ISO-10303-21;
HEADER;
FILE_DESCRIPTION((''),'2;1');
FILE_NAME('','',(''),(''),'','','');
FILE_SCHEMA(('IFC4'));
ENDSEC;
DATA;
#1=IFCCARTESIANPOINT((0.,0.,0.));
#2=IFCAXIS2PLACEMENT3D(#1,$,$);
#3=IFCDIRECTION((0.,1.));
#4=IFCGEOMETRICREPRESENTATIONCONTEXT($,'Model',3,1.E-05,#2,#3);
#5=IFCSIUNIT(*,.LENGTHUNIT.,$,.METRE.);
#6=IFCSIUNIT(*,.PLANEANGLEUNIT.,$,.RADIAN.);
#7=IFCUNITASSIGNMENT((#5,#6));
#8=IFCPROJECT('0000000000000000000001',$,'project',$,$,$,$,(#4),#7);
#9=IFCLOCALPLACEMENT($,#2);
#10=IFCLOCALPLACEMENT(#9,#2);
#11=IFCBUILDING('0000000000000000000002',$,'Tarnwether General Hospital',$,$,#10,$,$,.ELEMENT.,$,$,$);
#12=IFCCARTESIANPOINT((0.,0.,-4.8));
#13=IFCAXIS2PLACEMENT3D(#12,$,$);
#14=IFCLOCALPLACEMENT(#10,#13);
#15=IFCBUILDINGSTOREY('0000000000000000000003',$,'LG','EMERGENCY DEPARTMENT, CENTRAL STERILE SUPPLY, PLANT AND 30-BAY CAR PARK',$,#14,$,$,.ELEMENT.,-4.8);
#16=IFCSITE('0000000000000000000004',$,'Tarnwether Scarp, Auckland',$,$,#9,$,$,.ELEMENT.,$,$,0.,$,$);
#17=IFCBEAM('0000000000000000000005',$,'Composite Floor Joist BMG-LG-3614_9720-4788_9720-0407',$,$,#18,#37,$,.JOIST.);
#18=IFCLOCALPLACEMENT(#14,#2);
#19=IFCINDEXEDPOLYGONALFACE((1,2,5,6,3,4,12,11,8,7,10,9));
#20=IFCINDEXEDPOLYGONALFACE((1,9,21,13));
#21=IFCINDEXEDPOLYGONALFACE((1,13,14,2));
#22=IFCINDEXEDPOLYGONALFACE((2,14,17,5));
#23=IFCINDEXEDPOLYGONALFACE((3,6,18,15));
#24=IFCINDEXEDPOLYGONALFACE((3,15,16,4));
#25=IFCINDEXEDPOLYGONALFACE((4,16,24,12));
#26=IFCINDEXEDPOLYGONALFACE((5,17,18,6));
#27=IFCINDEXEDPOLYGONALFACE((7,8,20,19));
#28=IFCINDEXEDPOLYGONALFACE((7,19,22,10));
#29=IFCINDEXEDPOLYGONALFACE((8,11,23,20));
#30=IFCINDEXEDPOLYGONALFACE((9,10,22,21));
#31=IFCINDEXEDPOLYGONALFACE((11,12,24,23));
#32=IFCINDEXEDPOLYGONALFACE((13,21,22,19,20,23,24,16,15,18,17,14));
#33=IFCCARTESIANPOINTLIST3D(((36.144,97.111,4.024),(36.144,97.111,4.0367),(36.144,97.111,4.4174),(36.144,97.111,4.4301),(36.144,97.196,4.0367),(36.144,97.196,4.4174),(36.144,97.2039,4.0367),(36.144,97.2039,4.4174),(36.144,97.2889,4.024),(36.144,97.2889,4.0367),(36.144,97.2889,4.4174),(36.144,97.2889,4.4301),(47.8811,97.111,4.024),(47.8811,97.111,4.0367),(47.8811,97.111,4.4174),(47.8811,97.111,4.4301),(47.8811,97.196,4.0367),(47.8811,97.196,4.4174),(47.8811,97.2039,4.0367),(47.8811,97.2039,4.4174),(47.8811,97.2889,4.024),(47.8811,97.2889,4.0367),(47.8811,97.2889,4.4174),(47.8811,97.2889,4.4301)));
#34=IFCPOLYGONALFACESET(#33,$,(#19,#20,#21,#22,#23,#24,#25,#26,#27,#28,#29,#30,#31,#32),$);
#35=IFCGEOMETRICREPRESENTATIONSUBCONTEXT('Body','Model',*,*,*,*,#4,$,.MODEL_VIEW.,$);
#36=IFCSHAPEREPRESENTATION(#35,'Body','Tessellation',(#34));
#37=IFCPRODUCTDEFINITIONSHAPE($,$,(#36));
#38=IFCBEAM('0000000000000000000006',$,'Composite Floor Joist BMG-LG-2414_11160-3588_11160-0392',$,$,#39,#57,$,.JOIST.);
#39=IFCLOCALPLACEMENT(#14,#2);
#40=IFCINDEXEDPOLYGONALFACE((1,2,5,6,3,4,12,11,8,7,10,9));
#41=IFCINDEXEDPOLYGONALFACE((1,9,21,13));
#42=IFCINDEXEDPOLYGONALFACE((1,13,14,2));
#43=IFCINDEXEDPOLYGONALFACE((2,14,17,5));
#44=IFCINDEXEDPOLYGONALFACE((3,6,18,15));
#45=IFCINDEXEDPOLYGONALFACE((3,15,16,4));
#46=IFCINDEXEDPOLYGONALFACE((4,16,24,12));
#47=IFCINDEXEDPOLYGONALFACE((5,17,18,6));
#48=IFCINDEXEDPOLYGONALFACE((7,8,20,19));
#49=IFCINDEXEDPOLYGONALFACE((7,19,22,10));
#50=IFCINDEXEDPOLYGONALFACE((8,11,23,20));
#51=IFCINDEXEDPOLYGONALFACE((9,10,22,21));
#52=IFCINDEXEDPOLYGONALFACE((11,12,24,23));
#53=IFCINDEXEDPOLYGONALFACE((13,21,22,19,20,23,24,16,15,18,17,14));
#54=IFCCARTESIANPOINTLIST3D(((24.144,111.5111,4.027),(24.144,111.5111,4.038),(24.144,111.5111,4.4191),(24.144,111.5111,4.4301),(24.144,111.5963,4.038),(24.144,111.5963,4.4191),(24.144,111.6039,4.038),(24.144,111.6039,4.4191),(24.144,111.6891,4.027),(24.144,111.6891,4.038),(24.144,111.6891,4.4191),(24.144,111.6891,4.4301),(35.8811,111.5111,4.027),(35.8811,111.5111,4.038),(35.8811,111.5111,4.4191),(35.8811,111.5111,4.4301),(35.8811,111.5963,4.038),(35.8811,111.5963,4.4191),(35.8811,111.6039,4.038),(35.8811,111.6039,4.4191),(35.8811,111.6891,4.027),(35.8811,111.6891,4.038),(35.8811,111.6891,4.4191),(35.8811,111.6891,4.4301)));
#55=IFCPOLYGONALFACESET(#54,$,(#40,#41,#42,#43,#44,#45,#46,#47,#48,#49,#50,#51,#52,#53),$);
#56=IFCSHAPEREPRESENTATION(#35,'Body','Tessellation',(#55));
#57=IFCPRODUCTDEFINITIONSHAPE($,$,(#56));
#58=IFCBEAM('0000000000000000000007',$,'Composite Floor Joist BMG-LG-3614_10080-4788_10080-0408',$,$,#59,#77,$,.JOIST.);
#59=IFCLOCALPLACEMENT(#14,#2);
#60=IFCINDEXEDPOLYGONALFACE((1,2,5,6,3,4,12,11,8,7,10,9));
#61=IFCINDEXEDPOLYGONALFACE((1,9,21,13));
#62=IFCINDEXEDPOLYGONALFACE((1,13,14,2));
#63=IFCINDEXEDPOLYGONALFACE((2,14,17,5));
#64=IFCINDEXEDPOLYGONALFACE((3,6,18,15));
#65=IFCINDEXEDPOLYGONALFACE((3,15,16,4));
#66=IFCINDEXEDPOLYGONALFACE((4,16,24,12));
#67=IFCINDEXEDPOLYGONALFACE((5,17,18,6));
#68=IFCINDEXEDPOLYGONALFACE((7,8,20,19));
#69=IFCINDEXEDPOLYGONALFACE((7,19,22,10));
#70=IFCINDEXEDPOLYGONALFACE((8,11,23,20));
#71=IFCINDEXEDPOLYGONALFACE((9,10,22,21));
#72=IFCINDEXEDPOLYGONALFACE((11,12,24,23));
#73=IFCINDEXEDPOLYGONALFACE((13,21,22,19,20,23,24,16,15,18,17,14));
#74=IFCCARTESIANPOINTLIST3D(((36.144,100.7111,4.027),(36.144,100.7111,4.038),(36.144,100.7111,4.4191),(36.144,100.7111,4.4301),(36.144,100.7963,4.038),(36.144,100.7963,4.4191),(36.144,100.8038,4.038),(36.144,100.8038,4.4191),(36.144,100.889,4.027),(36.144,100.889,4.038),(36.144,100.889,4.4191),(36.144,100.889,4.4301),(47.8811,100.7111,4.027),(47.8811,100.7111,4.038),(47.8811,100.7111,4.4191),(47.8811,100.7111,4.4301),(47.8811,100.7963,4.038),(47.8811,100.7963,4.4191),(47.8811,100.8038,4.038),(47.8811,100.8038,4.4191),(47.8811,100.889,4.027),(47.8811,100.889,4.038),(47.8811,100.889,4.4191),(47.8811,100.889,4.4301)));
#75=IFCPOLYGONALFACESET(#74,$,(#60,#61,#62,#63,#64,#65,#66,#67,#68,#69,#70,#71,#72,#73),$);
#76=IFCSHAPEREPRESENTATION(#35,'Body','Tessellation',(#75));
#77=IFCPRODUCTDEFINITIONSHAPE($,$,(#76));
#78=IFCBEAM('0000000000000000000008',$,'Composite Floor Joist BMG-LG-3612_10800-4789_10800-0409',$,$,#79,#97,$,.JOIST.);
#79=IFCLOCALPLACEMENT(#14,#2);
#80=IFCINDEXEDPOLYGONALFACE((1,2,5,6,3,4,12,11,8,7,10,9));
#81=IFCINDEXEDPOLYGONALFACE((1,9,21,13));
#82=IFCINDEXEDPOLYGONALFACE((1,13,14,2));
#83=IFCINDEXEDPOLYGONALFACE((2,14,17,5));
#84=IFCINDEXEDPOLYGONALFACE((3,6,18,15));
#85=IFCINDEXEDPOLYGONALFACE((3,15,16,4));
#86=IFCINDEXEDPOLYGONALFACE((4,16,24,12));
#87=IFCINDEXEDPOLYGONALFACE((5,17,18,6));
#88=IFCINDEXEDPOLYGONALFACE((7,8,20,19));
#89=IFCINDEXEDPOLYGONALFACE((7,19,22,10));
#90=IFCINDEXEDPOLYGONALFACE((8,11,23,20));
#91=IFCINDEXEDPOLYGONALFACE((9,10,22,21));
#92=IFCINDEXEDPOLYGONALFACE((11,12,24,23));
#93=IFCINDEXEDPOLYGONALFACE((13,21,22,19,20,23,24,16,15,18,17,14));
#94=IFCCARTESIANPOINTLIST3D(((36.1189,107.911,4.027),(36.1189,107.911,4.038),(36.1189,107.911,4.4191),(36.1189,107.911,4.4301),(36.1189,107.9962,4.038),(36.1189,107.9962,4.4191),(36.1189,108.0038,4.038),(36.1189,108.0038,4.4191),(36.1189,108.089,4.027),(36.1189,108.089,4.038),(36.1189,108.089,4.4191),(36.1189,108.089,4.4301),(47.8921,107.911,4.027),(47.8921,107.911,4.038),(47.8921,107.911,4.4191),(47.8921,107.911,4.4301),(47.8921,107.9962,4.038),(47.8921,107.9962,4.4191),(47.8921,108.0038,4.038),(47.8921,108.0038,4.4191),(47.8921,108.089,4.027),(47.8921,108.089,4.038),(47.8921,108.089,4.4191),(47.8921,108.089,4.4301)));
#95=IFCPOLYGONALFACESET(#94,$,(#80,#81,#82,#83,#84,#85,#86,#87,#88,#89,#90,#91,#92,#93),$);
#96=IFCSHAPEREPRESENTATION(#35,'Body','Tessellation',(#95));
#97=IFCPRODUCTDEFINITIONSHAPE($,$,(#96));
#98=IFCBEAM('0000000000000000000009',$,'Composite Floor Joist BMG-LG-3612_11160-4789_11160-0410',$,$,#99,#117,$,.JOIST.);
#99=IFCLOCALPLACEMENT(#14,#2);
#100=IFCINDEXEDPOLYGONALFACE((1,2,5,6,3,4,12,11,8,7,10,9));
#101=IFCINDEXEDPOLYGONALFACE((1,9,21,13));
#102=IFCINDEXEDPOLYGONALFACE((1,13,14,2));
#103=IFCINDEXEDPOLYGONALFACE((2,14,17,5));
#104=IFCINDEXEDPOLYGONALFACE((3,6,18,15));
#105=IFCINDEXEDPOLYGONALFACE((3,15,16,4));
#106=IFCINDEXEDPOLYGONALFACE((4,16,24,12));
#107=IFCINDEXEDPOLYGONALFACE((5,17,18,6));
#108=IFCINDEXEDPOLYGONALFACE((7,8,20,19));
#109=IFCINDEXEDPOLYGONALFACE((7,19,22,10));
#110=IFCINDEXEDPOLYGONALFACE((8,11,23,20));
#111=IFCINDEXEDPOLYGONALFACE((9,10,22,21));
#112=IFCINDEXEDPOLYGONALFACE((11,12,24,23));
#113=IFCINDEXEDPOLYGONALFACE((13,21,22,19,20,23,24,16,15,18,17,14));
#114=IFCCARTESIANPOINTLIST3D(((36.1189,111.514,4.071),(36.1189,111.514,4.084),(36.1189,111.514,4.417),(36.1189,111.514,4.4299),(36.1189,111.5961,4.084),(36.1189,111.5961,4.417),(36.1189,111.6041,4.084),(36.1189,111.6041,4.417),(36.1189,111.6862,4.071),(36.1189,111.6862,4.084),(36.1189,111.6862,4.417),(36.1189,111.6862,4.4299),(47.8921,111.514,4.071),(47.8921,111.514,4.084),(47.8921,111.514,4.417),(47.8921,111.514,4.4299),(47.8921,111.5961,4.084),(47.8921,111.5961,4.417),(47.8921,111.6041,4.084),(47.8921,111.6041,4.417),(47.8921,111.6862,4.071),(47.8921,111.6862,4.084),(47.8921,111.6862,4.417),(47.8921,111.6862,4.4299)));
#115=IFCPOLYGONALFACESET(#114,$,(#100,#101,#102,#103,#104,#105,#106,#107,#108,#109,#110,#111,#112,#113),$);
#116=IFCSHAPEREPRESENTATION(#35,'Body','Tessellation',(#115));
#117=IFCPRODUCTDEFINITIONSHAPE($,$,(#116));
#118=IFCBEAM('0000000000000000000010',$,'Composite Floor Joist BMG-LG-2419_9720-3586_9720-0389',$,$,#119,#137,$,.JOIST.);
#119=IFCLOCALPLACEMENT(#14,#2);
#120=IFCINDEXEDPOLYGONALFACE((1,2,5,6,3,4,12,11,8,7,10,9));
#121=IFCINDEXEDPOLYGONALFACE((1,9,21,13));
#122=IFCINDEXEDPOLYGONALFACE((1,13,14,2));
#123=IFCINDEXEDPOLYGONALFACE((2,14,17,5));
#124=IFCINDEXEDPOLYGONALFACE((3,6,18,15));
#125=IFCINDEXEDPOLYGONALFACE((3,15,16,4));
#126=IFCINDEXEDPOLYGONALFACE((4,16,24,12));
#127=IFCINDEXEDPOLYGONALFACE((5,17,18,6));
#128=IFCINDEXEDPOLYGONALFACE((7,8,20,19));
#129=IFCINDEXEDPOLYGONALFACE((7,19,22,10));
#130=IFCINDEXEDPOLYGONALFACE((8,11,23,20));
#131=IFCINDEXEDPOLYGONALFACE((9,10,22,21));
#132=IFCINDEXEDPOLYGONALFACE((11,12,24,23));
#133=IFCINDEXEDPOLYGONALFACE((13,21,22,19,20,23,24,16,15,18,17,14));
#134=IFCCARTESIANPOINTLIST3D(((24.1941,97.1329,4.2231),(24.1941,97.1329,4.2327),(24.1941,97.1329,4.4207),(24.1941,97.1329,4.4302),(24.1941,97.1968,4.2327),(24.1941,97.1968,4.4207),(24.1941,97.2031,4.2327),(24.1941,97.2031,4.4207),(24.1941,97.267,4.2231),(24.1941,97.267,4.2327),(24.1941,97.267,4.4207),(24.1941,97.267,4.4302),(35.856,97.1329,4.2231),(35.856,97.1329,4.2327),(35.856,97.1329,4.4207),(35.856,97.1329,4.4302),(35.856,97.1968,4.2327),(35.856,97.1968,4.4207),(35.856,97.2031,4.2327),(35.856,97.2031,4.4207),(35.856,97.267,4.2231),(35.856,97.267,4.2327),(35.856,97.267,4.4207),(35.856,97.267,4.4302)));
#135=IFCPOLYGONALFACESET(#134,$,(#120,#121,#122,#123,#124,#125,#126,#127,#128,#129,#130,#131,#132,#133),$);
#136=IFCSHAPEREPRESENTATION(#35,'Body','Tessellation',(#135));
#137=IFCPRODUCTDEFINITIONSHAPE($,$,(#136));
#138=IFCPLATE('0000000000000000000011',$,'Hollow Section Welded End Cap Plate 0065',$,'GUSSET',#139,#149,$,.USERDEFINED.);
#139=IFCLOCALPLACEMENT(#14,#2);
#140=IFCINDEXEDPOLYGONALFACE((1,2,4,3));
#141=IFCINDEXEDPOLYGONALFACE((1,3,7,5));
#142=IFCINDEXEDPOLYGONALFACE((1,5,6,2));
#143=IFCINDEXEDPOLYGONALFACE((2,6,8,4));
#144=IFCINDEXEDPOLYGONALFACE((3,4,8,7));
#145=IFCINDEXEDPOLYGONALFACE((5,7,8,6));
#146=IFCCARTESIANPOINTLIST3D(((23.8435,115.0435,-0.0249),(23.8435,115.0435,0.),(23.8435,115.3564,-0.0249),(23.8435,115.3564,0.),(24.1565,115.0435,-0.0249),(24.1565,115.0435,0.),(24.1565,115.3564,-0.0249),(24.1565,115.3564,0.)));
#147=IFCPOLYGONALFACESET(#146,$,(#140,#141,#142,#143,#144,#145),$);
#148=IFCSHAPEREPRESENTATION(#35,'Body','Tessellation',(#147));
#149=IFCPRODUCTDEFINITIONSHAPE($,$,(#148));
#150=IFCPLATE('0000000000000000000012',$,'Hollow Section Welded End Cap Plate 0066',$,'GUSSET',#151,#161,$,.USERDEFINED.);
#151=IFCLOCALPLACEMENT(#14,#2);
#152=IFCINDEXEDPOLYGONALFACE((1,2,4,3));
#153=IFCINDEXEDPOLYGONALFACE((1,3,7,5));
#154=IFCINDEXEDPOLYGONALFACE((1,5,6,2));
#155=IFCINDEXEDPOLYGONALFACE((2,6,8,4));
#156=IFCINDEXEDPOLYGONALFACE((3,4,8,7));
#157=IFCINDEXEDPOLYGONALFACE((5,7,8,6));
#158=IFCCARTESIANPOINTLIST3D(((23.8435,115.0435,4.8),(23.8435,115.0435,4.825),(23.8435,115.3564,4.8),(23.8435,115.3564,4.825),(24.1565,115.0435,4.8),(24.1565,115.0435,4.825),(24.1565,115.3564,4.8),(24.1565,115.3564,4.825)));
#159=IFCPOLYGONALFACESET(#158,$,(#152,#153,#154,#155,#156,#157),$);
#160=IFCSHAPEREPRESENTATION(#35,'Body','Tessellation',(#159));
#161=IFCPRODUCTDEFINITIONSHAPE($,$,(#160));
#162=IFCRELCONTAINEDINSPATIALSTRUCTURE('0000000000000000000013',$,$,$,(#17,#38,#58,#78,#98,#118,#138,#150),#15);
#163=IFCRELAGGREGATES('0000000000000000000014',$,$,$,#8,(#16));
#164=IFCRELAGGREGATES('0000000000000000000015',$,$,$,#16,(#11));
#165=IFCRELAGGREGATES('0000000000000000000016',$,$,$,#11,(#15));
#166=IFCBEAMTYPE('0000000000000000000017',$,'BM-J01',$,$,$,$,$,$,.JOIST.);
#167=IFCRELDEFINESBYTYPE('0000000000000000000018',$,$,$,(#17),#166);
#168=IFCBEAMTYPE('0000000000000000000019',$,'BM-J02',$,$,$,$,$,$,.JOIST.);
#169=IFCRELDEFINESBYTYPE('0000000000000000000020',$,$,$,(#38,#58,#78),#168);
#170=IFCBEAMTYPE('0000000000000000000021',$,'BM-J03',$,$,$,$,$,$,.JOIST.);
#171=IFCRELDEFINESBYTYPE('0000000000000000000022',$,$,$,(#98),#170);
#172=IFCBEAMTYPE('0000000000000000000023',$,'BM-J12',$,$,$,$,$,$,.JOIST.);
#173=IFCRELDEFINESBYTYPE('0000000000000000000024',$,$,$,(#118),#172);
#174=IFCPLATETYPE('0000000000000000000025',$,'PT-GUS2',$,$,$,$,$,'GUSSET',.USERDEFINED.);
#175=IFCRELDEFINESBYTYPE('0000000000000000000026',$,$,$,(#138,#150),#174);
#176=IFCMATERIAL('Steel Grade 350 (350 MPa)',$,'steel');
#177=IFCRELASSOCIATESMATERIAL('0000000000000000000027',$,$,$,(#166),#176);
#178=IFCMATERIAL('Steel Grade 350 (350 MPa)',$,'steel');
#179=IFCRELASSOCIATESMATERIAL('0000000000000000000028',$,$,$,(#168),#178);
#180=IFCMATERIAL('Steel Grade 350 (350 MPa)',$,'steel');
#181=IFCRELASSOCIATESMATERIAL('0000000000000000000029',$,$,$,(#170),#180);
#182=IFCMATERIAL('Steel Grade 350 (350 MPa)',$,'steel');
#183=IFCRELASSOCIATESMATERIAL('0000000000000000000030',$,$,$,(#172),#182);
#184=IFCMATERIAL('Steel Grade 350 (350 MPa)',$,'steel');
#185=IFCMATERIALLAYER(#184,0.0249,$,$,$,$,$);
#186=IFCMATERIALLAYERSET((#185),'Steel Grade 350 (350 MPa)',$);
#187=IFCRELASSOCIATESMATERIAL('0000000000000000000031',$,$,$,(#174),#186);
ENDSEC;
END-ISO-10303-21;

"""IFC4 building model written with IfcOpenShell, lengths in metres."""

from ifc_helpers import new_model, si_unit, direction, frame, origin, origin_2d, place, context, subcontext, project, spatial, rectangle, i_section, extrude, material, layer, layer_set, material_profile, profile_set, type_object, element, save


model = new_model("IFC4")

# Units and contexts
model_context = context("Model", 3, precision=1e-05, world=origin(), true_north=direction((0.0, 1.0)))
body_context = subcontext(model_context, "Body", "Model", "MODEL_VIEW")
ifc_project = project(units=[si_unit("LENGTHUNIT", "METRE"), si_unit("PLANEANGLEUNIT", "RADIAN")], contexts=[model_context])

# Site, building, storey
site_placement = place(None, origin())
site = spatial("IfcSite", under=ifc_project, at=site_placement, Name="Tarnwether Scarp, Auckland", CompositionType="ELEMENT", RefElevation=0.0)
building_placement = place(site_placement, origin())
building = spatial("IfcBuilding", under=site, at=building_placement, Name="Tarnwether General Hospital", CompositionType="ELEMENT")
storey_placement = place(building_placement, frame((0.0, 0.0, -4.8)))
storey = spatial("IfcBuildingStorey", under=building, at=storey_placement, Name="LG", Description="EMERGENCY DEPARTMENT, CENTRAL STERILE SUPPLY, PLANT AND 30-BAY CAR PARK", CompositionType="ELEMENT", Elevation=-4.8)

# Beams
ifc_material_1 = material(Name="Steel Grade 350 (350 MPa)", Category="steel")
ifc_material_profile_1 = material_profile(ifc_material_1, i_section(OverallWidth=0.178, OverallDepth=0.406, WebThickness=0.0078, FlangeThickness=0.0127, at=origin_2d()), Name="410UB59.7")
ifc_profile_set_1 = profile_set([ifc_material_profile_1], Name="Steel Grade 350 (350 MPa)")
beam_type_1 = type_object("IfcBeamType", Name="BM-J01", PredefinedType="JOIST", material=ifc_profile_set_1)
for number, where, z_axis, x_axis, name in (
    (1, (36.144, 97.2, 4.2271), (1.0, 0.0, 0.0), (0.0, 1.0, 0.0), "Composite Floor Joist BMG-LG-3614_9720-4788_9720-0407"),
):
    element("IfcBeam", number, at=place(storey_placement, frame(where, z_axis=z_axis, x_axis=x_axis)), inside=storey, type_object=beam_type_1, Name=name, PredefinedType="JOIST", context=body_context, shape_type="SweptSolid", body=[
        extrude(i_section(OverallWidth=0.178, OverallDepth=0.406, WebThickness=0.0078, FlangeThickness=0.0127, at=origin_2d()), origin(), (0.0, 0.0, 1.0), 11.7371),
    ])
ifc_material_2 = material(Name="Steel Grade 350 (350 MPa)", Category="steel")
ifc_material_profile_2 = material_profile(ifc_material_2, i_section(OverallWidth=0.178, OverallDepth=0.4031, WebThickness=0.0076, FlangeThickness=0.011, at=origin_2d()), Name="410UB53.7")
ifc_profile_set_2 = profile_set([ifc_material_profile_2], Name="Steel Grade 350 (350 MPa)")
beam_type_2 = type_object("IfcBeamType", Name="BM-J02", PredefinedType="JOIST", material=ifc_profile_set_2)
for number, where, z_axis, x_axis, name in (
    (2, (24.144, 111.6001, 4.2285), (1.0, 0.0, 0.0), (0.0, 1.0, 0.0), "Composite Floor Joist BMG-LG-2414_11160-3588_11160-0392"),
    (3, (36.144, 100.8, 4.2285), (1.0, 0.0, 0.0), (0.0, 1.0, 0.0), "Composite Floor Joist BMG-LG-3614_10080-4788_10080-0408"),
):
    element("IfcBeam", number, at=place(storey_placement, frame(where, z_axis=z_axis, x_axis=x_axis)), inside=storey, type_object=beam_type_2, Name=name, PredefinedType="JOIST", context=body_context, shape_type="SweptSolid", body=[
        extrude(i_section(OverallWidth=0.178, OverallDepth=0.4031, WebThickness=0.0076, FlangeThickness=0.011, at=origin_2d()), origin(), (0.0, 0.0, 1.0), 11.7371),
    ])
beam_1_placement = place(storey_placement, frame((36.1189, 108.0, 4.2285), z_axis=(1.0, 0.0, 0.0), x_axis=(0.0, 1.0, 0.0)))
element("IfcBeam", 4, at=beam_1_placement, inside=storey, type_object=beam_type_2, Name="Composite Floor Joist BMG-LG-3612_10800-4789_10800-0409", PredefinedType="JOIST", context=body_context, shape_type="SweptSolid", body=[
    extrude(i_section(OverallWidth=0.178, OverallDepth=0.4031, WebThickness=0.0076, FlangeThickness=0.011, at=origin_2d()), origin(), (0.0, 0.0, 1.0), 11.7732),
])
ifc_material_3 = material(Name="Steel Grade 350 (350 MPa)", Category="steel")
ifc_material_profile_3 = material_profile(ifc_material_3, i_section(OverallWidth=0.1721, OverallDepth=0.3589, WebThickness=0.0081, FlangeThickness=0.0129, at=origin_2d()), Name="360UB56.7")
ifc_profile_set_3 = profile_set([ifc_material_profile_3], Name="Steel Grade 350 (350 MPa)")
beam_type_3 = type_object("IfcBeamType", Name="BM-J03", PredefinedType="JOIST", material=ifc_profile_set_3)
beam_2_placement = place(storey_placement, frame((36.1189, 111.6001, 4.2505), z_axis=(1.0, 0.0, 0.0), x_axis=(0.0, 1.0, 0.0)))
element("IfcBeam", 5, at=beam_2_placement, inside=storey, type_object=beam_type_3, Name="Composite Floor Joist BMG-LG-3612_11160-4789_11160-0410", PredefinedType="JOIST", context=body_context, shape_type="SweptSolid", body=[
    extrude(i_section(OverallWidth=0.1721, OverallDepth=0.3589, WebThickness=0.0081, FlangeThickness=0.0129, at=origin_2d()), origin(), (0.0, 0.0, 1.0), 11.7732),
])
ifc_material_4 = material(Name="Steel Grade 350 (350 MPa)", Category="steel")
ifc_material_profile_4 = material_profile(ifc_material_4, i_section(OverallWidth=0.134, OverallDepth=0.207, WebThickness=0.0063, FlangeThickness=0.0095, at=origin_2d()), Name="200UB29.8")
ifc_profile_set_4 = profile_set([ifc_material_profile_4], Name="Steel Grade 350 (350 MPa)")
beam_type_4 = type_object("IfcBeamType", Name="BM-J12", PredefinedType="JOIST", material=ifc_profile_set_4)
beam_3_placement = place(storey_placement, frame((24.1941, 97.2, 4.3267), z_axis=(1.0, 0.0, 0.0), x_axis=(0.0, 1.0, 0.0)))
element("IfcBeam", 6, at=beam_3_placement, inside=storey, type_object=beam_type_4, Name="Composite Floor Joist BMG-LG-2419_9720-3586_9720-0389", PredefinedType="JOIST", context=body_context, shape_type="SweptSolid", body=[
    extrude(i_section(OverallWidth=0.134, OverallDepth=0.207, WebThickness=0.0063, FlangeThickness=0.0095, at=origin_2d()), origin(), (0.0, 0.0, 1.0), 11.6619),
])

# Plates
ifc_material_5 = material(Name="Steel Grade 350 (350 MPa)", Category="steel")
ifc_layer = layer(ifc_material_5, 0.0249)
ifc_layer_set = layer_set([ifc_layer], Name="Steel Grade 350 (350 MPa)")
plate_type = type_object("IfcPlateType", Name="PT-GUS2", ElementType="GUSSET", PredefinedType="USERDEFINED", material=ifc_layer_set)
for number, where, z_axis, x_axis, name in (
    (7, (24.0, 115.2, -0.0249), (0.0, 0.0, 1.0), (1.0, 0.0, 0.0), "Hollow Section Welded End Cap Plate 0065"),
    (8, (24.0, 115.2, 4.8), (0.0, 0.0, 1.0), (1.0, 0.0, 0.0), "Hollow Section Welded End Cap Plate 0066"),
):
    element("IfcPlate", number, at=place(storey_placement, frame(where, z_axis=z_axis, x_axis=x_axis)), inside=storey, type_object=plate_type, Name=name, ObjectType="GUSSET", PredefinedType="USERDEFINED", context=body_context, shape_type="SweptSolid", body=[
        extrude(rectangle(XDim=0.313, YDim=0.313, at=origin_2d()), origin(), (0.0, 0.0, 1.0), 0.0249),
    ])

save(model, "model.ifc")
